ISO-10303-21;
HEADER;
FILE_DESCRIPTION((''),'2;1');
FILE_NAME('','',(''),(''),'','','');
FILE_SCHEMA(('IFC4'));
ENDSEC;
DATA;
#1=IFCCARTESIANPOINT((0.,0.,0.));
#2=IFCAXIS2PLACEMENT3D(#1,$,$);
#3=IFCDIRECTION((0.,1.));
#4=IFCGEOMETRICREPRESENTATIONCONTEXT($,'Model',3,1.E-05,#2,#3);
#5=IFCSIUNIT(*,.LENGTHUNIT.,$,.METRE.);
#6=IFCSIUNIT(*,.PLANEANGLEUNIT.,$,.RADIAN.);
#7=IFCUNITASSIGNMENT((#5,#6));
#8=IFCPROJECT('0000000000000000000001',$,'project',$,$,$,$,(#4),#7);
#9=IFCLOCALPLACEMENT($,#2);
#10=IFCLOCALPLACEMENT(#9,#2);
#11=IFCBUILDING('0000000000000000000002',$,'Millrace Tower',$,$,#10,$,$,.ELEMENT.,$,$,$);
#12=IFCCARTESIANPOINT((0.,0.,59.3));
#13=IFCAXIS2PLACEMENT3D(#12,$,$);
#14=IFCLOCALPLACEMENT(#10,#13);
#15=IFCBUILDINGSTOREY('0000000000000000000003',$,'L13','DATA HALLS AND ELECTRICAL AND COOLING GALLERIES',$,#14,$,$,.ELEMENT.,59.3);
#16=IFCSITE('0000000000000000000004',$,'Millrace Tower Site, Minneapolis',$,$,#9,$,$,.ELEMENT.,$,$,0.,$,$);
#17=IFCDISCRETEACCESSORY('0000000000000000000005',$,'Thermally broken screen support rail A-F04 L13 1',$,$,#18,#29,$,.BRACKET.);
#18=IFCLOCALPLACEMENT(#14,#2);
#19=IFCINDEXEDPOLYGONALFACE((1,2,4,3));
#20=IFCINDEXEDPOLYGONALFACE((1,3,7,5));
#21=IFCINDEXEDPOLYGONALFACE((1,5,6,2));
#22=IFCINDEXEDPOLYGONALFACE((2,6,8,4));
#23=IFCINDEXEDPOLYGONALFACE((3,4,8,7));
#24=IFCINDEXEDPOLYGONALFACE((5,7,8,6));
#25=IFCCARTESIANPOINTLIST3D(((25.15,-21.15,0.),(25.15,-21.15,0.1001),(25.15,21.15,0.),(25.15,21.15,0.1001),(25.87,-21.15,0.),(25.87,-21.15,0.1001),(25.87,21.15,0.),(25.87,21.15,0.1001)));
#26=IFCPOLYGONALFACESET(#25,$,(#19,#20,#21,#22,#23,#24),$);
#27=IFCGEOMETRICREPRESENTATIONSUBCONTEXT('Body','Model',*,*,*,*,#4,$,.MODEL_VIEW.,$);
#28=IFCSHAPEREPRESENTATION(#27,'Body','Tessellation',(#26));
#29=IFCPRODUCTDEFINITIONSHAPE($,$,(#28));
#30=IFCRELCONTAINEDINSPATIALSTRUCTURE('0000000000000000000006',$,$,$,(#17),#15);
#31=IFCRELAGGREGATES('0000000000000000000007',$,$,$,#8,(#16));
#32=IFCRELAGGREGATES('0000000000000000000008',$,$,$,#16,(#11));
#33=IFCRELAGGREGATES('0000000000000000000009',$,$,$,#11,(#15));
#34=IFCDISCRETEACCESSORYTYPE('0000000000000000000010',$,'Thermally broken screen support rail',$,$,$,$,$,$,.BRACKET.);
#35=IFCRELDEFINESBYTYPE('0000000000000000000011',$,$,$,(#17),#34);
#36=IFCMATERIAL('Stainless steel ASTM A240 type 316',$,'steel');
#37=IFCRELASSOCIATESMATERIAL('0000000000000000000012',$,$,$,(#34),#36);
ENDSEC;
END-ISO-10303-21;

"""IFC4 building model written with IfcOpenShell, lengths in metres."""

from ifc_helpers import new_model, si_unit, direction, frame, origin, origin_2d, place, context, subcontext, project, spatial, rectangle, extrude, material, type_object, element, save


model = new_model("IFC4")

# Units and contexts
model_context = context("Model", 3, precision=1e-05, world=origin(), true_north=direction((0.0, 1.0)))
body_context = subcontext(model_context, "Body", "Model", "MODEL_VIEW")
ifc_project = project(units=[si_unit("LENGTHUNIT", "METRE"), si_unit("PLANEANGLEUNIT", "RADIAN")], contexts=[model_context])

# Site, building, storey
site_placement = place(None, origin())
site = spatial("IfcSite", under=ifc_project, at=site_placement, Name="Millrace Tower Site, Minneapolis", CompositionType="ELEMENT", RefElevation=0.0)
building_placement = place(site_placement, origin())
building = spatial("IfcBuilding", under=site, at=building_placement, Name="Millrace Tower", CompositionType="ELEMENT")
storey_placement = place(building_placement, frame((0.0, 0.0, 59.3)))
storey = spatial("IfcBuildingStorey", under=building, at=storey_placement, Name="L13", Description="DATA HALLS AND ELECTRICAL AND COOLING GALLERIES", CompositionType="ELEMENT", Elevation=59.3)

# Discrete accessory
ifc_material_1 = material(Name="Stainless steel ASTM A240 type 316", Category="steel")
discrete_accessory_type = type_object("IfcDiscreteAccessoryType", Name="Thermally broken screen support rail", PredefinedType="BRACKET", material=ifc_material_1)
discrete_accessory_placement = place(storey_placement, frame((25.51, 0.0, 0.0), z_axis=(0.0, 0.0, 1.0), x_axis=(0.0, 1.0, 0.0)))
element("IfcDiscreteAccessory", 1, at=discrete_accessory_placement, inside=storey, type_object=discrete_accessory_type, Name="Thermally broken screen support rail A-F04 L13 1", PredefinedType="BRACKET", context=body_context, shape_type="SweptSolid", body=[
    extrude(rectangle(XDim=42.3, YDim=0.72, at=origin_2d()), origin(), (0.0, 0.0, 1.0), 0.1001),
])

save(model, "model.ifc")
